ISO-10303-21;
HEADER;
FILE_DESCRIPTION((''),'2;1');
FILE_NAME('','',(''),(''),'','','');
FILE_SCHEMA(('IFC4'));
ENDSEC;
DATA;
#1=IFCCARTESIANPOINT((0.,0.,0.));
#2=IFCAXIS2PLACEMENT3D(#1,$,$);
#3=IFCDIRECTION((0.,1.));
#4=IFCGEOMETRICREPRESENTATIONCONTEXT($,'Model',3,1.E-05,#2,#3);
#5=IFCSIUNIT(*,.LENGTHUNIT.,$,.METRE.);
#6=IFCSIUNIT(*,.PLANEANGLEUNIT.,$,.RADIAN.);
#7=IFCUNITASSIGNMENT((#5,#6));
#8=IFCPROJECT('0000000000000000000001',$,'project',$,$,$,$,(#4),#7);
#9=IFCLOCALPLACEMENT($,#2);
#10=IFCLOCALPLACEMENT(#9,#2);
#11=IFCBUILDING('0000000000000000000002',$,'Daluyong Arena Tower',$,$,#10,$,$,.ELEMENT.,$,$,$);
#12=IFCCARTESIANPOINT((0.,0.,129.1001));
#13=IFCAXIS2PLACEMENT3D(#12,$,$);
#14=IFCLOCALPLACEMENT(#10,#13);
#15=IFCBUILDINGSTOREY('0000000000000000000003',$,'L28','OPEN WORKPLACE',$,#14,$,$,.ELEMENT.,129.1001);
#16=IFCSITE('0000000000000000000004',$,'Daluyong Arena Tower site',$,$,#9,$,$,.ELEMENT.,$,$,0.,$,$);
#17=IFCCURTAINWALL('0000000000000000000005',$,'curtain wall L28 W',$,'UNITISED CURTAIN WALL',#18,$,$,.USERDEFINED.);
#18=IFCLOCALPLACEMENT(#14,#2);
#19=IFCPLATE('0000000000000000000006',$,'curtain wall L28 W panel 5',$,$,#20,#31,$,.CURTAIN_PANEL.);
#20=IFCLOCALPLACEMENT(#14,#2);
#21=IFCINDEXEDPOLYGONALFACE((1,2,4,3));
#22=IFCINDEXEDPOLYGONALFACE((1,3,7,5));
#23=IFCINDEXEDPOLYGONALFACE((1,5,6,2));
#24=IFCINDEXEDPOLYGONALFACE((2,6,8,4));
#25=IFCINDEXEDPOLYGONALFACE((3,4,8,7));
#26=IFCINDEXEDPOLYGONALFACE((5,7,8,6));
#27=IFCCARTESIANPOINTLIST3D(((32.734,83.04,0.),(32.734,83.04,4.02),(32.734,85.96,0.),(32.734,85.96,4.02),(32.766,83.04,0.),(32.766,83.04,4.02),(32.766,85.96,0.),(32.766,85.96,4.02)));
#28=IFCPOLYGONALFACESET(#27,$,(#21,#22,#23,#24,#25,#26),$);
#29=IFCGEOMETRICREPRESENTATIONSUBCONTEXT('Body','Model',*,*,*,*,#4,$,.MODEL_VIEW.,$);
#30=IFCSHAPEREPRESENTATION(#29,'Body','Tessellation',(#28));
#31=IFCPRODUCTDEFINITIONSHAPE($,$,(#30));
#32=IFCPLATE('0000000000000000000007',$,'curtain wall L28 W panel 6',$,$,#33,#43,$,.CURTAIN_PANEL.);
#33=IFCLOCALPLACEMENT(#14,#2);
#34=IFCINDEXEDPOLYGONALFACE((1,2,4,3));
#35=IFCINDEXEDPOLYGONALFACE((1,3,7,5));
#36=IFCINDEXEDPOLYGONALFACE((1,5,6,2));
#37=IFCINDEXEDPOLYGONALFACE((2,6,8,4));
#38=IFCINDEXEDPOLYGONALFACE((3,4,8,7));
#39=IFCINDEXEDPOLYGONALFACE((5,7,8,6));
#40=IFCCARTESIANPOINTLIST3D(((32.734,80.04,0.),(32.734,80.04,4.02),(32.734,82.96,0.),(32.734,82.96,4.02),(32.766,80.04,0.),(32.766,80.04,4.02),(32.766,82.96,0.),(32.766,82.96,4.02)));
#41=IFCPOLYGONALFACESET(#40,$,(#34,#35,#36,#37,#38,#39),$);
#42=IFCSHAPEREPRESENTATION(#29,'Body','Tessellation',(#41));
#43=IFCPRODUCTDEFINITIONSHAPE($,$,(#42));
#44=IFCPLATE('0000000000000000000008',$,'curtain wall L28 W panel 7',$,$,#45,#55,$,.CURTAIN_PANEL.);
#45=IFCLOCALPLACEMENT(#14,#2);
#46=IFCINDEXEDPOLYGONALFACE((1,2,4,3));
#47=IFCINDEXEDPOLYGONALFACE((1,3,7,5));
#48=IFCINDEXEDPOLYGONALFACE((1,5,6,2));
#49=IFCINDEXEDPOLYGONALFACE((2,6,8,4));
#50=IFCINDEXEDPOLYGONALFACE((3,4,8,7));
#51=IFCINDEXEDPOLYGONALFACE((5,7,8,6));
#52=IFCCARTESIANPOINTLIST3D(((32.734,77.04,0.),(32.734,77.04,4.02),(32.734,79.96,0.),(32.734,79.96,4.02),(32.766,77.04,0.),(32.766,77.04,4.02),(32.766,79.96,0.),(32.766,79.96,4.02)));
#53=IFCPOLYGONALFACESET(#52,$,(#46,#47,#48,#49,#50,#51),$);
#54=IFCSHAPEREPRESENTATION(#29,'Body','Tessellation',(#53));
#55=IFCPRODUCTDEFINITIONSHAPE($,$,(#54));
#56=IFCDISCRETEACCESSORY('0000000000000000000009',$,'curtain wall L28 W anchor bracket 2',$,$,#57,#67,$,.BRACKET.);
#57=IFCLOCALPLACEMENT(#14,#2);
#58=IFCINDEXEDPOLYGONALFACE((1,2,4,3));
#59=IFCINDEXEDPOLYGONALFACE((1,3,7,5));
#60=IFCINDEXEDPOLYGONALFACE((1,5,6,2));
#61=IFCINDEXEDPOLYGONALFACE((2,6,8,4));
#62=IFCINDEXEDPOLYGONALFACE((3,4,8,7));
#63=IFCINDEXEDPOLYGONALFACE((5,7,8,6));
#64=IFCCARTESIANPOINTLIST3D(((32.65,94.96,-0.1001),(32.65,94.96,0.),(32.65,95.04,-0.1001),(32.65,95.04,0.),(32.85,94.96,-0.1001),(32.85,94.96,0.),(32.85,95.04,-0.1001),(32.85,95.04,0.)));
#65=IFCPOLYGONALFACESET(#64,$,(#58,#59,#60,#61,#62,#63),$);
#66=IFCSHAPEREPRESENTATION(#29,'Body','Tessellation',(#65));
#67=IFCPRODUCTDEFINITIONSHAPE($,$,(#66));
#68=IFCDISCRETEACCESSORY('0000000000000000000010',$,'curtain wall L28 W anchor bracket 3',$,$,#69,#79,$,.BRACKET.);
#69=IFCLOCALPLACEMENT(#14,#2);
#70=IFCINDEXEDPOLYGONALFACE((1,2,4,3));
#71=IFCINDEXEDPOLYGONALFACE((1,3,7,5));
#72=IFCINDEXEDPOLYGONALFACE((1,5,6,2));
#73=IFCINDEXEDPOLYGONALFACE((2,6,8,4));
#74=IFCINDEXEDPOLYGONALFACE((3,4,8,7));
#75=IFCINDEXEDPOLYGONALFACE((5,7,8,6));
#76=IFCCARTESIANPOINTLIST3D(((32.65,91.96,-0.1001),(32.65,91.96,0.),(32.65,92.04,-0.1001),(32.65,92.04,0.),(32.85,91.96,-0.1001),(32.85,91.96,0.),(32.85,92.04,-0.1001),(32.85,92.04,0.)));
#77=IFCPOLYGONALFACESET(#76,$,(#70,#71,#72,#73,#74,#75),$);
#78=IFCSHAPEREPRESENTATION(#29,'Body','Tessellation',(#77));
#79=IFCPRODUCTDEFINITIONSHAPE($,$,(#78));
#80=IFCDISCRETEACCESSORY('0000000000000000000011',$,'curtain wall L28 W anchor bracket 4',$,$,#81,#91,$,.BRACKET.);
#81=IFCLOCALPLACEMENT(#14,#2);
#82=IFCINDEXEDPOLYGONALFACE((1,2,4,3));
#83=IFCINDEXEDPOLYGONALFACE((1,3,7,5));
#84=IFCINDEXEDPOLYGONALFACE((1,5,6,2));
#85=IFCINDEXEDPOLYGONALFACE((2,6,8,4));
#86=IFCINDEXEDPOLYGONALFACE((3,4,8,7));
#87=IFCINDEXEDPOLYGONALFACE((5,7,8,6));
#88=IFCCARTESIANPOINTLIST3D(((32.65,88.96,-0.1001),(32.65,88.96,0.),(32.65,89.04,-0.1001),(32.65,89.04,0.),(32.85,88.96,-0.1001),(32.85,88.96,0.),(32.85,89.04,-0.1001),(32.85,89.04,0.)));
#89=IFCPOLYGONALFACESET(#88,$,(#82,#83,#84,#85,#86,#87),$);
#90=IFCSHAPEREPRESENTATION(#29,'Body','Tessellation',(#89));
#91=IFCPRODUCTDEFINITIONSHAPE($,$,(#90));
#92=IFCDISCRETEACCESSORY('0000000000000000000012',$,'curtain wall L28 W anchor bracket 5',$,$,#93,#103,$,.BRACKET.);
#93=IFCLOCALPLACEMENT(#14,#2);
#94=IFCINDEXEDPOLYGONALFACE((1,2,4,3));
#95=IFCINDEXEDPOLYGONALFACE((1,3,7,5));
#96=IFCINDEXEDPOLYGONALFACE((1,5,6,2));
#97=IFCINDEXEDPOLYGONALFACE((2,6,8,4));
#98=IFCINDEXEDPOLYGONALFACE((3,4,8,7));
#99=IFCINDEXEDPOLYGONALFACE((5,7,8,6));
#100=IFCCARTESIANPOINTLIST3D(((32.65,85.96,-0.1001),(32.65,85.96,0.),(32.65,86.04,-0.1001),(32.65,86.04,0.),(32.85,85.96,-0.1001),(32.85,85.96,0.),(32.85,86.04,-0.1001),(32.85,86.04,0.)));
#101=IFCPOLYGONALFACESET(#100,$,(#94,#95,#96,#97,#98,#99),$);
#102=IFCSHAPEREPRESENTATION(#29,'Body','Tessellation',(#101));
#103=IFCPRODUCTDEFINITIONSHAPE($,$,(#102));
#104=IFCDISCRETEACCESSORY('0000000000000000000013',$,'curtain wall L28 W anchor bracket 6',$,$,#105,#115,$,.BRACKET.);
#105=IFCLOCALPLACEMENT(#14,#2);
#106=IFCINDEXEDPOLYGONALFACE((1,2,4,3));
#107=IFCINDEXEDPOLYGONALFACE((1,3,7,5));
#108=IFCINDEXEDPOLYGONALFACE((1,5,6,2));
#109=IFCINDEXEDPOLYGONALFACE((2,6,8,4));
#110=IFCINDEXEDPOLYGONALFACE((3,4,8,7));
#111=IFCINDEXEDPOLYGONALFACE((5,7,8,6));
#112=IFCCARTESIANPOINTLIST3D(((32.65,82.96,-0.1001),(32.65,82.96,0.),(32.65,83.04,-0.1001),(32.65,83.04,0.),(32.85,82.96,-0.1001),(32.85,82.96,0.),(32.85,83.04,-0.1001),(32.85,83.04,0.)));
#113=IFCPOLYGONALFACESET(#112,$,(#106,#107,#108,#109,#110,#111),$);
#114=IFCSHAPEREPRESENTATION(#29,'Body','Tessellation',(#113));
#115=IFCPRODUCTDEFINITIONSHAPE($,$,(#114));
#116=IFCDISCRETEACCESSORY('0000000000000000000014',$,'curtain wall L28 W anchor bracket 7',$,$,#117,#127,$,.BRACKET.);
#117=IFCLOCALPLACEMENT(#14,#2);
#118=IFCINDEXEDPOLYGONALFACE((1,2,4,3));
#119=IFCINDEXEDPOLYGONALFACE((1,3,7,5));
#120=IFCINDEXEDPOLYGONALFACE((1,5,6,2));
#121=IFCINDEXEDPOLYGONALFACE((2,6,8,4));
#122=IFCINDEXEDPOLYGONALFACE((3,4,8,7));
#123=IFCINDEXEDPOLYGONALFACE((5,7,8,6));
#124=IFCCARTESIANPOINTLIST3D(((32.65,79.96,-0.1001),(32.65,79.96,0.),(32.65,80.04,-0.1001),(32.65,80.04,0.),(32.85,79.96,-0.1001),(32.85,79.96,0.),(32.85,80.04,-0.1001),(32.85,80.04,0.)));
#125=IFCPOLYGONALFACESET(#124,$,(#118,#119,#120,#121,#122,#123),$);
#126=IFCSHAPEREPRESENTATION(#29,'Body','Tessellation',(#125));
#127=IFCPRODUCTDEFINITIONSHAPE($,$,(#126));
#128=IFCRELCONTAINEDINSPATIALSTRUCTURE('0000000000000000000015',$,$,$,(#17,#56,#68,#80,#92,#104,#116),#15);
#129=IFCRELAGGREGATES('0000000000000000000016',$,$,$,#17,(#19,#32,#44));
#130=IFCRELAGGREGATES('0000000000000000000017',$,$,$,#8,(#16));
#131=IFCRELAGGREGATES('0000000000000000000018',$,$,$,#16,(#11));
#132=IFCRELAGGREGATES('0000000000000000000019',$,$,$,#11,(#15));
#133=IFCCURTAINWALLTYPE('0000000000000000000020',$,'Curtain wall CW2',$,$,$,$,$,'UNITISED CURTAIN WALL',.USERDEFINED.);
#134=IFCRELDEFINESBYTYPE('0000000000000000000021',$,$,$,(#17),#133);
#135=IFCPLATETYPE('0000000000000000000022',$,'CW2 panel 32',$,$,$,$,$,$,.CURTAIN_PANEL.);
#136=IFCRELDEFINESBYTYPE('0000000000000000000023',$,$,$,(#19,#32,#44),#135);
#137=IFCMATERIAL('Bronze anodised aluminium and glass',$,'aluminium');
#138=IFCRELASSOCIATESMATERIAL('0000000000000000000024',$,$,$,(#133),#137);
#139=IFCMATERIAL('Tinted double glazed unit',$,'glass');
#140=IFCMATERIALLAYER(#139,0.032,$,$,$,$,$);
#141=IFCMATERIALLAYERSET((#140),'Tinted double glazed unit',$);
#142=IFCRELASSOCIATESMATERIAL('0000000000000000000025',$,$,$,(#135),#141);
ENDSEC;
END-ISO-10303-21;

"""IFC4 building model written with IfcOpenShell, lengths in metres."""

from ifc_helpers import new_model, si_unit, direction, frame, origin, origin_2d, place, context, subcontext, project, spatial, rectangle, extrude, material, layer, layer_set, type_object, element, aggregate, save


model = new_model("IFC4")

# Units and contexts
model_context = context("Model", 3, precision=1e-05, world=origin(), true_north=direction((0.0, 1.0)))
body_context = subcontext(model_context, "Body", "Model", "MODEL_VIEW")
ifc_project = project(units=[si_unit("LENGTHUNIT", "METRE"), si_unit("PLANEANGLEUNIT", "RADIAN")], contexts=[model_context])

# Site, building, storey
site_placement = place(None, origin())
site = spatial("IfcSite", under=ifc_project, at=site_placement, Name="Daluyong Arena Tower site", CompositionType="ELEMENT", RefElevation=0.0)
building_placement = place(site_placement, origin())
building = spatial("IfcBuilding", under=site, at=building_placement, Name="Daluyong Arena Tower", CompositionType="ELEMENT")
storey_placement = place(building_placement, frame((0.0, 0.0, 129.1001)))
storey = spatial("IfcBuildingStorey", under=building, at=storey_placement, Name="L28", Description="OPEN WORKPLACE", CompositionType="ELEMENT", Elevation=129.1001)

# Curtain wall
ifc_material_1 = material(Name="Bronze anodised aluminium and glass", Category="aluminium")
curtain_wall_type = type_object("IfcCurtainWallType", Name="Curtain wall CW2", ElementType="UNITISED CURTAIN WALL", PredefinedType="USERDEFINED", material=ifc_material_1)
curtain_wall_placement = place(storey_placement, origin())
curtain_wall = element("IfcCurtainWall", 1, at=curtain_wall_placement, inside=storey, type_object=curtain_wall_type, Name="curtain wall L28 W", ObjectType="UNITISED CURTAIN WALL", PredefinedType="USERDEFINED")

# Plates
ifc_material_2 = material(Name="Tinted double glazed unit", Category="glass")
ifc_layer = layer(ifc_material_2, 0.032)
ifc_layer_set = layer_set([ifc_layer], Name="Tinted double glazed unit")
plate_type = type_object("IfcPlateType", Name="CW2 panel 32", PredefinedType="CURTAIN_PANEL", material=ifc_layer_set)
plate_1_placement = place(storey_placement, frame((32.75, 84.5, 0.0), z_axis=(0.0, 0.0, 1.0), x_axis=(0.0, -1.0, 0.0)))
plate_1 = element("IfcPlate", 2, at=plate_1_placement, type_object=plate_type, Name="curtain wall L28 W panel 5", PredefinedType="CURTAIN_PANEL", context=body_context, shape_type="SweptSolid", body=[
    extrude(rectangle(XDim=2.9199, YDim=0.032, at=origin_2d()), origin(), (0.0, 0.0, 1.0), 4.02),
])
plate_2_placement = place(storey_placement, frame((32.75, 81.5, 0.0), z_axis=(0.0, 0.0, 1.0), x_axis=(0.0, -1.0, 0.0)))
plate_2 = element("IfcPlate", 3, at=plate_2_placement, type_object=plate_type, Name="curtain wall L28 W panel 6", PredefinedType="CURTAIN_PANEL", context=body_context, shape_type="SweptSolid", body=[
    extrude(rectangle(XDim=2.9199, YDim=0.032, at=origin_2d()), origin(), (0.0, 0.0, 1.0), 4.02),
])
plate_3_placement = place(storey_placement, frame((32.75, 78.5, 0.0), z_axis=(0.0, 0.0, 1.0), x_axis=(0.0, -1.0, 0.0)))
plate_3 = element("IfcPlate", 4, at=plate_3_placement, type_object=plate_type, Name="curtain wall L28 W panel 7", PredefinedType="CURTAIN_PANEL", context=body_context, shape_type="SweptSolid", body=[
    extrude(rectangle(XDim=2.9199, YDim=0.032, at=origin_2d()), origin(), (0.0, 0.0, 1.0), 4.02),
])
aggregate(curtain_wall, [plate_1, plate_2, plate_3])

# Discrete accessories
for number, where, z_axis, x_axis, name in (
    (5, (32.75, 95.0, -0.1001), (0.0, 0.0, 1.0), (0.0, -1.0, 0.0), "curtain wall L28 W anchor bracket 2"),
    (6, (32.75, 92.0, -0.1001), (0.0, 0.0, 1.0), (0.0, -1.0, 0.0), "curtain wall L28 W anchor bracket 3"),
    (7, (32.75, 89.0, -0.1001), (0.0, 0.0, 1.0), (0.0, -1.0, 0.0), "curtain wall L28 W anchor bracket 4"),
    (8, (32.75, 86.0, -0.1001), (0.0, 0.0, 1.0), (0.0, -1.0, 0.0), "curtain wall L28 W anchor bracket 5"),
    (9, (32.75, 83.0, -0.1001), (0.0, 0.0, 1.0), (0.0, -1.0, 0.0), "curtain wall L28 W anchor bracket 6"),
    (10, (32.75, 80.0, -0.1001), (0.0, 0.0, 1.0), (0.0, -1.0, 0.0), "curtain wall L28 W anchor bracket 7"),
):
    element("IfcDiscreteAccessory", number, at=place(storey_placement, frame(where, z_axis=z_axis, x_axis=x_axis)), inside=storey, Name=name, PredefinedType="BRACKET", context=body_context, shape_type="SweptSolid", body=[
        extrude(rectangle(XDim=0.0801, YDim=0.2, at=origin_2d()), origin(), (0.0, 0.0, 1.0), 0.1001),
    ])

save(model, "model.ifc")
